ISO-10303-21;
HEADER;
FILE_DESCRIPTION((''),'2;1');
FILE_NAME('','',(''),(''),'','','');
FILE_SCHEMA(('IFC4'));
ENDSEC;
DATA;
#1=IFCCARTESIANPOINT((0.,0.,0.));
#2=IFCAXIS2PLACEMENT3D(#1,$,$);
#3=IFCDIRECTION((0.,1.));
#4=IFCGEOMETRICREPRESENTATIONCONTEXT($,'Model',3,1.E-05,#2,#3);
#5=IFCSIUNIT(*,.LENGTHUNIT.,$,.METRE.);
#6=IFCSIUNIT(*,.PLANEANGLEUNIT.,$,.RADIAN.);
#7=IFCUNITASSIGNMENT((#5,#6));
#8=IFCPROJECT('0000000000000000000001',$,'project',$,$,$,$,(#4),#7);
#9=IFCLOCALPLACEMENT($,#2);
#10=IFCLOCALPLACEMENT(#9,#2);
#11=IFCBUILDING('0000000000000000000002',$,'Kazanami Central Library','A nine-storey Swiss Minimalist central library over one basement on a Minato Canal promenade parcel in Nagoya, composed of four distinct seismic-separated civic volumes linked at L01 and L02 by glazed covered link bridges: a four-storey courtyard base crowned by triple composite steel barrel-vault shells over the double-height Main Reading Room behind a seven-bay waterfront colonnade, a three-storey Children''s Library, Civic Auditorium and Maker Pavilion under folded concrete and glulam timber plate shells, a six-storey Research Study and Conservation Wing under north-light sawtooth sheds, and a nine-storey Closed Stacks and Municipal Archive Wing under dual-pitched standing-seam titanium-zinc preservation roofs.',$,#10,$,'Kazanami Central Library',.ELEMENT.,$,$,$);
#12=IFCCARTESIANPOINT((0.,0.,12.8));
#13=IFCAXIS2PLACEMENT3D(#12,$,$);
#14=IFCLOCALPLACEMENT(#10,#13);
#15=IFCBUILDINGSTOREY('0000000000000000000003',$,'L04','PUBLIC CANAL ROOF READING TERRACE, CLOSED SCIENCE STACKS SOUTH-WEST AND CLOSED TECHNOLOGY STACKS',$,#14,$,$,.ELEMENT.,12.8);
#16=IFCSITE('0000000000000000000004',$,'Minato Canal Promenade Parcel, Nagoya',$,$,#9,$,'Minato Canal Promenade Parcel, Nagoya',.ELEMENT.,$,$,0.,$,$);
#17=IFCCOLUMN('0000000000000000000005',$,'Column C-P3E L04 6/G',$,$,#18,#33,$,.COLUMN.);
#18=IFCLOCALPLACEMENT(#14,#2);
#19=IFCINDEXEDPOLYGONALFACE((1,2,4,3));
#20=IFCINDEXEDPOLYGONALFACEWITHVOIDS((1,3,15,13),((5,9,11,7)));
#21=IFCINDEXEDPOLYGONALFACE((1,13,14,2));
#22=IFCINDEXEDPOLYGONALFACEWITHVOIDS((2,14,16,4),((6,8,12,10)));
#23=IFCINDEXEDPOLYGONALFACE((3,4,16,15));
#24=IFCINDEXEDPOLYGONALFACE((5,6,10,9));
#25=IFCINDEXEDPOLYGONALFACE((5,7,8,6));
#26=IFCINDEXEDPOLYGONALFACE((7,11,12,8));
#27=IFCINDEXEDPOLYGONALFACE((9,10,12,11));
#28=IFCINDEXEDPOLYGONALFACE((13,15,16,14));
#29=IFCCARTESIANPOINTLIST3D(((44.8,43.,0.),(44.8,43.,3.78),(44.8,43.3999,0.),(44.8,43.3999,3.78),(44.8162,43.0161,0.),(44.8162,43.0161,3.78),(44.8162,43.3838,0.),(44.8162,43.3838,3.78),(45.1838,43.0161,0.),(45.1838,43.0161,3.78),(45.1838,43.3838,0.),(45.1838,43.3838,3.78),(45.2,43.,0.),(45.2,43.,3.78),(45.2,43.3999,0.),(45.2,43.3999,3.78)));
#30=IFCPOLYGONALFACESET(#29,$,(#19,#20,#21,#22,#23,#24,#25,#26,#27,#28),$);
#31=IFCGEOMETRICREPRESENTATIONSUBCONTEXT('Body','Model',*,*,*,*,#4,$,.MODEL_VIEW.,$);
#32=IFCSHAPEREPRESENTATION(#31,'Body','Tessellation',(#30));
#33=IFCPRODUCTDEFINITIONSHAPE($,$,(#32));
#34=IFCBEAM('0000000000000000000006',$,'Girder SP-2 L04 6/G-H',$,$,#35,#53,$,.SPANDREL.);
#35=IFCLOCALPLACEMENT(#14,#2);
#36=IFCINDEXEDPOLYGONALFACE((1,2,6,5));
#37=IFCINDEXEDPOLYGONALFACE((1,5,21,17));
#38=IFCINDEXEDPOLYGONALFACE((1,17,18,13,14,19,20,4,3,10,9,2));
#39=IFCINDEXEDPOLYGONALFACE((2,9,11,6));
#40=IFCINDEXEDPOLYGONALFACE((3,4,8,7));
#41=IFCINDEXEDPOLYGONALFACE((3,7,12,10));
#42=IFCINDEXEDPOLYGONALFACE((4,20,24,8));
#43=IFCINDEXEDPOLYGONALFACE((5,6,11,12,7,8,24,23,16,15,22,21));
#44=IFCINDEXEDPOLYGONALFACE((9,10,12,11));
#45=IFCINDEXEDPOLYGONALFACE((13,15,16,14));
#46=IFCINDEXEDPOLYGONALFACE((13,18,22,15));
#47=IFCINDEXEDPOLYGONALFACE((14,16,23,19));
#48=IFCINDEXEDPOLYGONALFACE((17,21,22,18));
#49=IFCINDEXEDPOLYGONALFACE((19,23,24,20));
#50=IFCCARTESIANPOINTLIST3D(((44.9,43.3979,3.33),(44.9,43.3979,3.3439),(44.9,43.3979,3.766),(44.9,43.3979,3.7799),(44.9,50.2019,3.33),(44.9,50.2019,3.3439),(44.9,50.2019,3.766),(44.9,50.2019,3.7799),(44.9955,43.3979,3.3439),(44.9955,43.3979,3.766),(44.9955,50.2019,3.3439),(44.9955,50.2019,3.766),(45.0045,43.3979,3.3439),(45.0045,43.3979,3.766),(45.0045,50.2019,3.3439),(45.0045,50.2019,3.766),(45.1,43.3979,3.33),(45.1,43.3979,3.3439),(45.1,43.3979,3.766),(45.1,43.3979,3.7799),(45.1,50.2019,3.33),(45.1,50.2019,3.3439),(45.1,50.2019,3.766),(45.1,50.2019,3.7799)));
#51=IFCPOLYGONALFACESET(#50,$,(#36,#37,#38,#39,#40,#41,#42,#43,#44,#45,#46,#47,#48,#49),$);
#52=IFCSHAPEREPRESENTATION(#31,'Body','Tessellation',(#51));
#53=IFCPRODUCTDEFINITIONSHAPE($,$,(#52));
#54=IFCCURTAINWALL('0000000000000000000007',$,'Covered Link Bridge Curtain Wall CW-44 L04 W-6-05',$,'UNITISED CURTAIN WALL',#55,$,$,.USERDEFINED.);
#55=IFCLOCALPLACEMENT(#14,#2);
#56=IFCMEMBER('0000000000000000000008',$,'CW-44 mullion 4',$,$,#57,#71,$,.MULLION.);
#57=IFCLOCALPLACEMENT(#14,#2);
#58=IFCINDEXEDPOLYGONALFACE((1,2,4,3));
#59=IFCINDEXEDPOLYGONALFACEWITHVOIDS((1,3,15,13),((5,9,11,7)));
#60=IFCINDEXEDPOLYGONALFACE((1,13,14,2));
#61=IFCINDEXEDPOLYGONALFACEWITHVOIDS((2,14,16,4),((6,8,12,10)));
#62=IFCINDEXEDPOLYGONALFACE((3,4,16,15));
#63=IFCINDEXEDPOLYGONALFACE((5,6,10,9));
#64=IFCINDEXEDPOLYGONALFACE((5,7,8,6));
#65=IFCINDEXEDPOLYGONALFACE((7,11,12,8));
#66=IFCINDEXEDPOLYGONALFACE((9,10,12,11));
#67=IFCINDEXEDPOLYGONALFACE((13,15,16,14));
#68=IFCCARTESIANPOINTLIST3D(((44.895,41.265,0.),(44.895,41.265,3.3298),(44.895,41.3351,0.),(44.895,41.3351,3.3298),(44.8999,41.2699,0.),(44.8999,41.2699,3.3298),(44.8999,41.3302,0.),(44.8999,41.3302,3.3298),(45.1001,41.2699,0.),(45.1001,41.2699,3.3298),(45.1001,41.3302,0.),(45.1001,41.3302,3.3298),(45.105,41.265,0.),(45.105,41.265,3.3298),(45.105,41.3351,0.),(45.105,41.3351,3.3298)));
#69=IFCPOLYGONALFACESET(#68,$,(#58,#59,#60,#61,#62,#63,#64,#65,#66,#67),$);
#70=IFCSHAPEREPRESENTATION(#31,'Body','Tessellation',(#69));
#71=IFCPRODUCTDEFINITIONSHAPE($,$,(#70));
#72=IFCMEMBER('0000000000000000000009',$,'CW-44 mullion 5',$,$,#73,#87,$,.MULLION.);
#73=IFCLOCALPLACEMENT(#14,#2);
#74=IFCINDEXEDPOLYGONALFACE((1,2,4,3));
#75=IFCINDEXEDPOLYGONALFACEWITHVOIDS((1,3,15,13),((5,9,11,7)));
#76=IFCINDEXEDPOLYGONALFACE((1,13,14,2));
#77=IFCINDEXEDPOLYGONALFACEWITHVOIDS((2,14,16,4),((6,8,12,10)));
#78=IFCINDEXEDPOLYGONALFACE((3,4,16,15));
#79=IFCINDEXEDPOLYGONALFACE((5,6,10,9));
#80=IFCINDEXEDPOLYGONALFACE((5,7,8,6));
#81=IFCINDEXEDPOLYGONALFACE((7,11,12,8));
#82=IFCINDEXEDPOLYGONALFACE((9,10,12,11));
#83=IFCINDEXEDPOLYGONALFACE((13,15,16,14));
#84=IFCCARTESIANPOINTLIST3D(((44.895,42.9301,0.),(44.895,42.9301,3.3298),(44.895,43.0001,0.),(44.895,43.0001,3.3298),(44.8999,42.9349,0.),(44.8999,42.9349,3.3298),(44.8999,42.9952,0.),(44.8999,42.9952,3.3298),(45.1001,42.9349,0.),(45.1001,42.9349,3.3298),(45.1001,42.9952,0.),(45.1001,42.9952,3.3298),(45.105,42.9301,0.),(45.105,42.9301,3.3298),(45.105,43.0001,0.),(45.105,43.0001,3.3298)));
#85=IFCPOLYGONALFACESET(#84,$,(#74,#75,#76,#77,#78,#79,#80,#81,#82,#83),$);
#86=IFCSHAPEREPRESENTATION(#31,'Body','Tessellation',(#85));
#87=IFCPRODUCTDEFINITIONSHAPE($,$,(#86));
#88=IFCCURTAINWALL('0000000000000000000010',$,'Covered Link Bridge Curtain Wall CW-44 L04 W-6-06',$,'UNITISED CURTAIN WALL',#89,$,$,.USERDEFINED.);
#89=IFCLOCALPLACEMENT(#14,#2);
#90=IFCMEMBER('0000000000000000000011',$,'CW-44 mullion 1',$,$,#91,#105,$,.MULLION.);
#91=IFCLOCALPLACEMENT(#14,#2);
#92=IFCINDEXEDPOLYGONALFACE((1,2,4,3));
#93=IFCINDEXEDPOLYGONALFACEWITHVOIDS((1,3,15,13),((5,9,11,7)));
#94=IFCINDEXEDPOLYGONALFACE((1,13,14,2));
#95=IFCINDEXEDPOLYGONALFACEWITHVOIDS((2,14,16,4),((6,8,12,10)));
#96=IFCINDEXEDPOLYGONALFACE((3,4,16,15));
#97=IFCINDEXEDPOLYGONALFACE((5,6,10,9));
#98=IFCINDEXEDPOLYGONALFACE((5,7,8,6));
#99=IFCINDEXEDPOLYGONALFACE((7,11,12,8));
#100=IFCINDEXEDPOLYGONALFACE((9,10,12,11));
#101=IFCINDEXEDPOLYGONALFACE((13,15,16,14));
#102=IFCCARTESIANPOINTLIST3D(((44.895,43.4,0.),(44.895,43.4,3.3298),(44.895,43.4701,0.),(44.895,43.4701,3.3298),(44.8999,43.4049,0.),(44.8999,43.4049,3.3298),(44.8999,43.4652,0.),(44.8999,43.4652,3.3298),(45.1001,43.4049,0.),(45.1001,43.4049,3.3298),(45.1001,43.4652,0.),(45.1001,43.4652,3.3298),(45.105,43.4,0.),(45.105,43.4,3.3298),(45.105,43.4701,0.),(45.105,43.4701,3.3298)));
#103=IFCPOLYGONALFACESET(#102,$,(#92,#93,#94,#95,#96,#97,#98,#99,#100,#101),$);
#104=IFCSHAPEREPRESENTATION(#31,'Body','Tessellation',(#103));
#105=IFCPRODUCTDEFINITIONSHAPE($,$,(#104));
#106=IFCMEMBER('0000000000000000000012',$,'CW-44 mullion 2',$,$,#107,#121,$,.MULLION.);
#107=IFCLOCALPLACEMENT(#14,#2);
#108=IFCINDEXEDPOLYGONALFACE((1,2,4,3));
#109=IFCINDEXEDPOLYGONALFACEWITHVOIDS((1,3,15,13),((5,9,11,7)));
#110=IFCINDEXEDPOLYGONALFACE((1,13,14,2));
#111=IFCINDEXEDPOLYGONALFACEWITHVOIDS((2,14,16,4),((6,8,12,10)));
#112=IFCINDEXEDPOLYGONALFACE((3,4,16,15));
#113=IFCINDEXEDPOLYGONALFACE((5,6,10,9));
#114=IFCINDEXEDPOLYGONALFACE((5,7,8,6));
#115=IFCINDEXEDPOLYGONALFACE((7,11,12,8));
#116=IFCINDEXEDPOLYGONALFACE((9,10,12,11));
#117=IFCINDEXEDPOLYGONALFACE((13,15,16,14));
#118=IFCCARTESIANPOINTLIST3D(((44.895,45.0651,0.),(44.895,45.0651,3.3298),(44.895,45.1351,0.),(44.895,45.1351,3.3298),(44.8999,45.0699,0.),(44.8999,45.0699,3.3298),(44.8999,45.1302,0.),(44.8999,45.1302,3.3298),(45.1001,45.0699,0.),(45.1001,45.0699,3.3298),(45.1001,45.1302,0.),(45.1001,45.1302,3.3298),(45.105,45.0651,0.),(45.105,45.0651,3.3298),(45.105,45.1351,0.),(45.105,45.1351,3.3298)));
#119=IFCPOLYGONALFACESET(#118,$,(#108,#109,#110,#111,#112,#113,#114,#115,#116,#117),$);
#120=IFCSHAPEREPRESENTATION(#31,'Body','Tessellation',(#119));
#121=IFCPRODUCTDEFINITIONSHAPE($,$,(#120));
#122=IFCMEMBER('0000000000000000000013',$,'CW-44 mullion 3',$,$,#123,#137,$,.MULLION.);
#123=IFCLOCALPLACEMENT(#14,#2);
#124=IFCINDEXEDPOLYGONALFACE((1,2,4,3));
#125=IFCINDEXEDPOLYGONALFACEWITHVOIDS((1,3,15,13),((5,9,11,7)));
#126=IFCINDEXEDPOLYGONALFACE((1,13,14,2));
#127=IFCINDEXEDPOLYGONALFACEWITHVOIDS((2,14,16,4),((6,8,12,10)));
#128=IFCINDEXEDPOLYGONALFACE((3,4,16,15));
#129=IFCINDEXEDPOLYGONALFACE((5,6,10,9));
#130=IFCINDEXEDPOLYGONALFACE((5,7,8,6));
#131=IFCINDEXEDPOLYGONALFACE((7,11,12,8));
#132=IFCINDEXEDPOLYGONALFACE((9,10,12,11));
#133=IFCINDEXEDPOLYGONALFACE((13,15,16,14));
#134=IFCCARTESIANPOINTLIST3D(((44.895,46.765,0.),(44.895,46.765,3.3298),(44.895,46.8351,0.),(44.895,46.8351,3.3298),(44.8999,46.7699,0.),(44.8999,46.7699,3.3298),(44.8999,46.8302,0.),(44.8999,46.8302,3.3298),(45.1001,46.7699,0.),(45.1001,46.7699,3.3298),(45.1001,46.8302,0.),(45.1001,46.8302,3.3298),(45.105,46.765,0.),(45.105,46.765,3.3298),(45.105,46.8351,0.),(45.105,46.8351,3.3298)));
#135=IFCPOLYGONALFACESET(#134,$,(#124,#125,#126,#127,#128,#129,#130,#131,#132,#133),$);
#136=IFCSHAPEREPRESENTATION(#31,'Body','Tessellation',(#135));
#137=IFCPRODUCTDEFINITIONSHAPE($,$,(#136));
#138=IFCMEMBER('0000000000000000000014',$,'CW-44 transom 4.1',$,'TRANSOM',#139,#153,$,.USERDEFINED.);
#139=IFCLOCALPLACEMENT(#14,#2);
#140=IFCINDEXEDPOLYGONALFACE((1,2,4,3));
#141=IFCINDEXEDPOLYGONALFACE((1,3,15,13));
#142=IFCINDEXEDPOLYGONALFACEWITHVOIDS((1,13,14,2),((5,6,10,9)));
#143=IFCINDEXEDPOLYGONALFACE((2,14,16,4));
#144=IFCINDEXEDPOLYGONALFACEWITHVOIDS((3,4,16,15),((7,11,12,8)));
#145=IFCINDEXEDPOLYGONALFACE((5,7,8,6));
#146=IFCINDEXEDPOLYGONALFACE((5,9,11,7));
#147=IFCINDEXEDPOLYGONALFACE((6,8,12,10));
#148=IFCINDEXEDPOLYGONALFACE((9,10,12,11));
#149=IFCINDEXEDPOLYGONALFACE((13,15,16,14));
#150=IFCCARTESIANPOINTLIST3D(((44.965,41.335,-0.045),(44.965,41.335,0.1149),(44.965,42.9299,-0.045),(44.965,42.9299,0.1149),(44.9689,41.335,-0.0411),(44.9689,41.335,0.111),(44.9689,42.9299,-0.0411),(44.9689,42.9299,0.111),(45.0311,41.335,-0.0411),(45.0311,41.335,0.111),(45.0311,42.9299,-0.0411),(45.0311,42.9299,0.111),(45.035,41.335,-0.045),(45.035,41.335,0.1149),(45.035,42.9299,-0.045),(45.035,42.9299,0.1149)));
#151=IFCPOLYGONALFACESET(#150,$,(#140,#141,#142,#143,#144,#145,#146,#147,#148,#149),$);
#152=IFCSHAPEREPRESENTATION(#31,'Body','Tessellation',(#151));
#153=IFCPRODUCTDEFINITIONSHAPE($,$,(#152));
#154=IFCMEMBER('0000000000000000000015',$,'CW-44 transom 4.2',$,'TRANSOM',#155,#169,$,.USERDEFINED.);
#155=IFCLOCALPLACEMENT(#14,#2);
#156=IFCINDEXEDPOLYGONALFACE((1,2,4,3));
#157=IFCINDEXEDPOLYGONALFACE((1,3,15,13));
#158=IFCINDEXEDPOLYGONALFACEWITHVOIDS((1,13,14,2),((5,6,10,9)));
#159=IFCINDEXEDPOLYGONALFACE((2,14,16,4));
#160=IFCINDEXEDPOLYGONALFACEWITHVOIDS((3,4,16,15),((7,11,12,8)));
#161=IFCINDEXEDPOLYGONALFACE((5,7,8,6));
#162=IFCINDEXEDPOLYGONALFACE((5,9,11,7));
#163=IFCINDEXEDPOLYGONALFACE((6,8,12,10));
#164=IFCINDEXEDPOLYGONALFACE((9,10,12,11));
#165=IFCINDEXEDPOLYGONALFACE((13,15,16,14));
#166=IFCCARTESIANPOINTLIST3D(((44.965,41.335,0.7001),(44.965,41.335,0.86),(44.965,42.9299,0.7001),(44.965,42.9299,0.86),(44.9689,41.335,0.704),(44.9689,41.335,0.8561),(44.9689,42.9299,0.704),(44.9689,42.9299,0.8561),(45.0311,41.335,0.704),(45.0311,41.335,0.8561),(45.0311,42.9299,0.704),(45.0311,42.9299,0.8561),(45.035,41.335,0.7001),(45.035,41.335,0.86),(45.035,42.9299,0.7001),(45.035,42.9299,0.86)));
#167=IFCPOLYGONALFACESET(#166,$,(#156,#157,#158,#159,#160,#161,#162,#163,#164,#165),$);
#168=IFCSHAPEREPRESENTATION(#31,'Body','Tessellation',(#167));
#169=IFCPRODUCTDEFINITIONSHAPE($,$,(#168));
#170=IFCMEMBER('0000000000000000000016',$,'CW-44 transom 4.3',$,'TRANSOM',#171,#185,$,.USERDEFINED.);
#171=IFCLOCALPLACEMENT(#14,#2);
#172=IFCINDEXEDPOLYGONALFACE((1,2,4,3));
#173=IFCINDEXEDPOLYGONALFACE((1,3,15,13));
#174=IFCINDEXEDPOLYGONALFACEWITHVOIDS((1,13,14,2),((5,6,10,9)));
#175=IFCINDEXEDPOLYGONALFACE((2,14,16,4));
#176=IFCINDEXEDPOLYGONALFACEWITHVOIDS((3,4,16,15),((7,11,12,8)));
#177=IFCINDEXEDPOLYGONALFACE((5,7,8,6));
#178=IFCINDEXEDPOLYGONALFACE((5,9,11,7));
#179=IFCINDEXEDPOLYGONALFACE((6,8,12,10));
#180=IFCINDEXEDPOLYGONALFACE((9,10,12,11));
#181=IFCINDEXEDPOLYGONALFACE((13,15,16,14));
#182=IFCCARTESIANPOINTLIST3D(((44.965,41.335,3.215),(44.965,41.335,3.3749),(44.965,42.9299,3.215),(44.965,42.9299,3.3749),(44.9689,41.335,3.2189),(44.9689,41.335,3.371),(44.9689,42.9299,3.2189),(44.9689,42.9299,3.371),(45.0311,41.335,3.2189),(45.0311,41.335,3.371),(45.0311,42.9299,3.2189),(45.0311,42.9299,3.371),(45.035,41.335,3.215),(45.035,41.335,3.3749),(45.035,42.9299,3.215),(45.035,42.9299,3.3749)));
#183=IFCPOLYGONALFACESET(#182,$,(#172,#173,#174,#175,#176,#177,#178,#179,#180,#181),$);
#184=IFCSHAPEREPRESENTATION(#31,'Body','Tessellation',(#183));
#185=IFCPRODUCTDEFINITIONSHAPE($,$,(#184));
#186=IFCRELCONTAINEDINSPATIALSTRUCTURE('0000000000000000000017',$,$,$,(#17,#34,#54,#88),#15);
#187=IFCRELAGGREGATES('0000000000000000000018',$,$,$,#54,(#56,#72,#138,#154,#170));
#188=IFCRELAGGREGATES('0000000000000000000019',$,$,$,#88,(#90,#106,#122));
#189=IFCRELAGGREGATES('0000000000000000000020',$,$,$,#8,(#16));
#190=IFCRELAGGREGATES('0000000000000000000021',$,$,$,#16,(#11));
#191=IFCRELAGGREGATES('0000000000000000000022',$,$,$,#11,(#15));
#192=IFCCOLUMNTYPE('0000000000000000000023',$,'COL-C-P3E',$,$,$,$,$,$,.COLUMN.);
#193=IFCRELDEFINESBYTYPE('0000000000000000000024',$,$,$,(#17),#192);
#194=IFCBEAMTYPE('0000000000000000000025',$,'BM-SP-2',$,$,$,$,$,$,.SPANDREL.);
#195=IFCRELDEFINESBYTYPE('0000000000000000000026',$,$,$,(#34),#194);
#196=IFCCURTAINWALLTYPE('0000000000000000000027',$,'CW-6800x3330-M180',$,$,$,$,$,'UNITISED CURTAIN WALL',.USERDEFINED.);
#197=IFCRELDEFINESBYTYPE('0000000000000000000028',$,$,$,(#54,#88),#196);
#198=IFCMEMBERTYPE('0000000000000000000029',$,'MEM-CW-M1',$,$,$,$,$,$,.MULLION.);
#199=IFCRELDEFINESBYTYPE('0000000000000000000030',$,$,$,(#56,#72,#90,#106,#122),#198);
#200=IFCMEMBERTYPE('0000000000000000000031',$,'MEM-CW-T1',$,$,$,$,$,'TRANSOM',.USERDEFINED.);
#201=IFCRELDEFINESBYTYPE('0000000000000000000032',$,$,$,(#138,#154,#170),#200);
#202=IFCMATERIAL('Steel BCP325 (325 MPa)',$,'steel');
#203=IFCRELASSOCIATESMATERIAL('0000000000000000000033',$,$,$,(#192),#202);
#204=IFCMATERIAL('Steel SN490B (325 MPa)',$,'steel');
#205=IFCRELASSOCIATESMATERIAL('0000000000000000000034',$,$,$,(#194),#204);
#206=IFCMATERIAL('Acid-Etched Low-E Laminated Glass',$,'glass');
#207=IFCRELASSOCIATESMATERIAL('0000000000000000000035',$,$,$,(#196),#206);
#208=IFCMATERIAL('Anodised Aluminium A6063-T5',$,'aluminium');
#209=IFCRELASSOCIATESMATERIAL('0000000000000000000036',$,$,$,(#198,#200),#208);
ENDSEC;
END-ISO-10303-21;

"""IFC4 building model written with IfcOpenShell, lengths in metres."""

from ifc_helpers import new_model, si_unit, direction, frame, origin, origin_2d, place, context, subcontext, project, spatial, hollow_rectangle, i_section, extrude, material, material_profile, profile_set, type_object, element, aggregate, save


model = new_model("IFC4")

# Units and contexts
model_context = context("Model", 3, precision=1e-05, world=origin(), true_north=direction((0.0, 1.0)))
body_context = subcontext(model_context, "Body", "Model", "MODEL_VIEW")
ifc_project = project(units=[si_unit("LENGTHUNIT", "METRE"), si_unit("PLANEANGLEUNIT", "RADIAN")], contexts=[model_context])

# Site, building, storey
site_placement = place(None, origin())
site = spatial("IfcSite", under=ifc_project, at=site_placement, Name="Minato Canal Promenade Parcel, Nagoya", LongName="Minato Canal Promenade Parcel, Nagoya", CompositionType="ELEMENT", RefElevation=0.0)
building_placement = place(site_placement, origin())
building = spatial("IfcBuilding", under=site, at=building_placement, Name="Kazanami Central Library", Description="A nine-storey Swiss Minimalist central library over one basement on a Minato Canal promenade parcel in Nagoya, composed of four distinct seismic-separated civic volumes linked at L01 and L02 by glazed covered link bridges: a four-storey courtyard base crowned by triple composite steel barrel-vault shells over the double-height Main Reading Room behind a seven-bay waterfront colonnade, a three-storey Children's Library, Civic Auditorium and Maker Pavilion under folded concrete and glulam timber plate shells, a six-storey Research Study and Conservation Wing under north-light sawtooth sheds, and a nine-storey Closed Stacks and Municipal Archive Wing under dual-pitched standing-seam titanium-zinc preservation roofs.", LongName="Kazanami Central Library", CompositionType="ELEMENT")
storey_placement = place(building_placement, frame((0.0, 0.0, 12.8)))
storey = spatial("IfcBuildingStorey", under=building, at=storey_placement, Name="L04", Description="PUBLIC CANAL ROOF READING TERRACE, CLOSED SCIENCE STACKS SOUTH-WEST AND CLOSED TECHNOLOGY STACKS", CompositionType="ELEMENT", Elevation=12.8)

# Column
ifc_material_1 = material(Name="Steel BCP325 (325 MPa)", Category="steel")
ifc_material_profile_1 = material_profile(ifc_material_1, hollow_rectangle(XDim=0.3999, YDim=0.3999, WallThickness=0.0161, at=origin_2d()), Name="BCP-400x400x16")
ifc_profile_set_1 = profile_set([ifc_material_profile_1], Name="Steel BCP325 (325 MPa)")
column_type = type_object("IfcColumnType", Name="COL-C-P3E", PredefinedType="COLUMN", material=ifc_profile_set_1)
column_placement = place(storey_placement, frame((45.0, 43.2, 0.0), z_axis=(0.0, 0.0, 1.0), x_axis=(1.0, 0.0, 0.0)))
element("IfcColumn", 1, at=column_placement, inside=storey, type_object=column_type, Name="Column C-P3E L04 6/G", PredefinedType="COLUMN", context=body_context, shape_type="SweptSolid", body=[
    extrude(hollow_rectangle(XDim=0.3999, YDim=0.3999, WallThickness=0.0161, at=origin_2d()), origin(), (0.0, 0.0, 1.0), 3.78),
])

# Beam
ifc_material_2 = material(Name="Steel SN490B (325 MPa)", Category="steel")
ifc_material_profile_2 = material_profile(ifc_material_2, i_section(OverallWidth=0.2, OverallDepth=0.45, WebThickness=0.009, FlangeThickness=0.0139, at=origin_2d()), Name="H-450x200x9x14")
ifc_profile_set_2 = profile_set([ifc_material_profile_2], Name="Steel SN490B (325 MPa)")
beam_type = type_object("IfcBeamType", Name="BM-SP-2", PredefinedType="SPANDREL", material=ifc_profile_set_2)
beam_placement = place(storey_placement, frame((45.0, 43.3979, 3.5549), z_axis=(0.0, 1.0, 0.0), x_axis=(-1.0, 0.0, 0.0)))
element("IfcBeam", 2, at=beam_placement, inside=storey, type_object=beam_type, Name="Girder SP-2 L04 6/G-H", PredefinedType="SPANDREL", context=body_context, shape_type="SweptSolid", body=[
    extrude(i_section(OverallWidth=0.2, OverallDepth=0.45, WebThickness=0.009, FlangeThickness=0.0139, at=origin_2d()), origin(), (0.0, 0.0, 1.0), 6.804),
])

# Curtain walls, members
ifc_material_3 = material(Name="Acid-Etched Low-E Laminated Glass", Category="glass")
curtain_wall_type = type_object("IfcCurtainWallType", Name="CW-6800x3330-M180", ElementType="UNITISED CURTAIN WALL", PredefinedType="USERDEFINED", material=ifc_material_3)
curtain_wall_1_placement = place(storey_placement, origin())
curtain_wall_1 = element("IfcCurtainWall", 3, at=curtain_wall_1_placement, inside=storey, type_object=curtain_wall_type, Name="Covered Link Bridge Curtain Wall CW-44 L04 W-6-05", ObjectType="UNITISED CURTAIN WALL", PredefinedType="USERDEFINED")
ifc_material_4 = material(Name="Anodised Aluminium A6063-T5", Category="aluminium")
ifc_material_profile_3 = material_profile(ifc_material_4, hollow_rectangle(XDim=0.0701, YDim=0.21, WallThickness=0.0049, at=origin_2d()), Name="ALU-MULL-70x210x5")
ifc_profile_set_3 = profile_set([ifc_material_profile_3], Name="Anodised Aluminium A6063-T5")
member_type_1 = type_object("IfcMemberType", Name="MEM-CW-M1", PredefinedType="MULLION", material=ifc_profile_set_3)
member_1_placement = place(storey_placement, frame((45.0, 41.3, 0.0), z_axis=(0.0, 0.0, 1.0), x_axis=(0.0, 1.0, 0.0)))
member_1 = element("IfcMember", 4, at=member_1_placement, type_object=member_type_1, Name="CW-44 mullion 4", PredefinedType="MULLION", context=body_context, shape_type="SweptSolid", body=[
    extrude(hollow_rectangle(XDim=0.0701, YDim=0.21, WallThickness=0.0049, at=origin_2d()), origin(), (0.0, 0.0, 1.0), 3.3298),
])
member_2_placement = place(storey_placement, frame((45.0, 42.9651, 0.0), z_axis=(0.0, 0.0, 1.0), x_axis=(0.0, 1.0, 0.0)))
member_2 = element("IfcMember", 5, at=member_2_placement, type_object=member_type_1, Name="CW-44 mullion 5", PredefinedType="MULLION", context=body_context, shape_type="SweptSolid", body=[
    extrude(hollow_rectangle(XDim=0.0701, YDim=0.21, WallThickness=0.0049, at=origin_2d()), origin(), (0.0, 0.0, 1.0), 3.3298),
])
curtain_wall_2_placement = place(storey_placement, origin())
curtain_wall_2 = element("IfcCurtainWall", 6, at=curtain_wall_2_placement, inside=storey, type_object=curtain_wall_type, Name="Covered Link Bridge Curtain Wall CW-44 L04 W-6-06", ObjectType="UNITISED CURTAIN WALL", PredefinedType="USERDEFINED")
member_3_placement = place(storey_placement, frame((45.0, 43.4351, 0.0), z_axis=(0.0, 0.0, 1.0), x_axis=(0.0, 1.0, 0.0)))
member_3 = element("IfcMember", 7, at=member_3_placement, type_object=member_type_1, Name="CW-44 mullion 1", PredefinedType="MULLION", context=body_context, shape_type="SweptSolid", body=[
    extrude(hollow_rectangle(XDim=0.0701, YDim=0.21, WallThickness=0.0049, at=origin_2d()), origin(), (0.0, 0.0, 1.0), 3.3298),
])
member_4_placement = place(storey_placement, frame((45.0, 45.1001, 0.0), z_axis=(0.0, 0.0, 1.0), x_axis=(0.0, 1.0, 0.0)))
member_4 = element("IfcMember", 8, at=member_4_placement, type_object=member_type_1, Name="CW-44 mullion 2", PredefinedType="MULLION", context=body_context, shape_type="SweptSolid", body=[
    extrude(hollow_rectangle(XDim=0.0701, YDim=0.21, WallThickness=0.0049, at=origin_2d()), origin(), (0.0, 0.0, 1.0), 3.3298),
])
member_5_placement = place(storey_placement, frame((45.0, 46.8, 0.0), z_axis=(0.0, 0.0, 1.0), x_axis=(0.0, 1.0, 0.0)))
member_5 = element("IfcMember", 9, at=member_5_placement, type_object=member_type_1, Name="CW-44 mullion 3", PredefinedType="MULLION", context=body_context, shape_type="SweptSolid", body=[
    extrude(hollow_rectangle(XDim=0.0701, YDim=0.21, WallThickness=0.0049, at=origin_2d()), origin(), (0.0, 0.0, 1.0), 3.3298),
])

# Members
ifc_material_profile_4 = material_profile(ifc_material_4, hollow_rectangle(XDim=0.0701, YDim=0.1599, WallThickness=0.0039, at=origin_2d()), Name="ALU-TRAN-70x160x4")
ifc_profile_set_4 = profile_set([ifc_material_profile_4], Name="Anodised Aluminium A6063-T5")
member_type_2 = type_object("IfcMemberType", Name="MEM-CW-T1", ElementType="TRANSOM", PredefinedType="USERDEFINED", material=ifc_profile_set_4)
member_6_placement = place(storey_placement, frame((45.0, 41.335, 0.0349), z_axis=(0.0, 1.0, 0.0), x_axis=(-1.0, 0.0, 0.0)))
member_6 = element("IfcMember", 10, at=member_6_placement, type_object=member_type_2, Name="CW-44 transom 4.1", ObjectType="TRANSOM", PredefinedType="USERDEFINED", context=body_context, shape_type="SweptSolid", body=[
    extrude(hollow_rectangle(XDim=0.0701, YDim=0.1599, WallThickness=0.0039, at=origin_2d()), origin(), (0.0, 0.0, 1.0), 1.595),
])
member_7_placement = place(storey_placement, frame((45.0, 41.335, 0.78), z_axis=(0.0, 1.0, 0.0), x_axis=(-1.0, 0.0, 0.0)))
member_7 = element("IfcMember", 11, at=member_7_placement, type_object=member_type_2, Name="CW-44 transom 4.2", ObjectType="TRANSOM", PredefinedType="USERDEFINED", context=body_context, shape_type="SweptSolid", body=[
    extrude(hollow_rectangle(XDim=0.0701, YDim=0.1599, WallThickness=0.0039, at=origin_2d()), origin(), (0.0, 0.0, 1.0), 1.595),
])
member_8_placement = place(storey_placement, frame((45.0, 41.335, 3.2949), z_axis=(0.0, 1.0, 0.0), x_axis=(-1.0, 0.0, 0.0)))
member_8 = element("IfcMember", 12, at=member_8_placement, type_object=member_type_2, Name="CW-44 transom 4.3", ObjectType="TRANSOM", PredefinedType="USERDEFINED", context=body_context, shape_type="SweptSolid", body=[
    extrude(hollow_rectangle(XDim=0.0701, YDim=0.1599, WallThickness=0.0039, at=origin_2d()), origin(), (0.0, 0.0, 1.0), 1.595),
])

aggregate(curtain_wall_1, [member_1, member_2, member_6, member_7, member_8])
aggregate(curtain_wall_2, [member_3, member_4, member_5])

save(model, "model.ifc")
